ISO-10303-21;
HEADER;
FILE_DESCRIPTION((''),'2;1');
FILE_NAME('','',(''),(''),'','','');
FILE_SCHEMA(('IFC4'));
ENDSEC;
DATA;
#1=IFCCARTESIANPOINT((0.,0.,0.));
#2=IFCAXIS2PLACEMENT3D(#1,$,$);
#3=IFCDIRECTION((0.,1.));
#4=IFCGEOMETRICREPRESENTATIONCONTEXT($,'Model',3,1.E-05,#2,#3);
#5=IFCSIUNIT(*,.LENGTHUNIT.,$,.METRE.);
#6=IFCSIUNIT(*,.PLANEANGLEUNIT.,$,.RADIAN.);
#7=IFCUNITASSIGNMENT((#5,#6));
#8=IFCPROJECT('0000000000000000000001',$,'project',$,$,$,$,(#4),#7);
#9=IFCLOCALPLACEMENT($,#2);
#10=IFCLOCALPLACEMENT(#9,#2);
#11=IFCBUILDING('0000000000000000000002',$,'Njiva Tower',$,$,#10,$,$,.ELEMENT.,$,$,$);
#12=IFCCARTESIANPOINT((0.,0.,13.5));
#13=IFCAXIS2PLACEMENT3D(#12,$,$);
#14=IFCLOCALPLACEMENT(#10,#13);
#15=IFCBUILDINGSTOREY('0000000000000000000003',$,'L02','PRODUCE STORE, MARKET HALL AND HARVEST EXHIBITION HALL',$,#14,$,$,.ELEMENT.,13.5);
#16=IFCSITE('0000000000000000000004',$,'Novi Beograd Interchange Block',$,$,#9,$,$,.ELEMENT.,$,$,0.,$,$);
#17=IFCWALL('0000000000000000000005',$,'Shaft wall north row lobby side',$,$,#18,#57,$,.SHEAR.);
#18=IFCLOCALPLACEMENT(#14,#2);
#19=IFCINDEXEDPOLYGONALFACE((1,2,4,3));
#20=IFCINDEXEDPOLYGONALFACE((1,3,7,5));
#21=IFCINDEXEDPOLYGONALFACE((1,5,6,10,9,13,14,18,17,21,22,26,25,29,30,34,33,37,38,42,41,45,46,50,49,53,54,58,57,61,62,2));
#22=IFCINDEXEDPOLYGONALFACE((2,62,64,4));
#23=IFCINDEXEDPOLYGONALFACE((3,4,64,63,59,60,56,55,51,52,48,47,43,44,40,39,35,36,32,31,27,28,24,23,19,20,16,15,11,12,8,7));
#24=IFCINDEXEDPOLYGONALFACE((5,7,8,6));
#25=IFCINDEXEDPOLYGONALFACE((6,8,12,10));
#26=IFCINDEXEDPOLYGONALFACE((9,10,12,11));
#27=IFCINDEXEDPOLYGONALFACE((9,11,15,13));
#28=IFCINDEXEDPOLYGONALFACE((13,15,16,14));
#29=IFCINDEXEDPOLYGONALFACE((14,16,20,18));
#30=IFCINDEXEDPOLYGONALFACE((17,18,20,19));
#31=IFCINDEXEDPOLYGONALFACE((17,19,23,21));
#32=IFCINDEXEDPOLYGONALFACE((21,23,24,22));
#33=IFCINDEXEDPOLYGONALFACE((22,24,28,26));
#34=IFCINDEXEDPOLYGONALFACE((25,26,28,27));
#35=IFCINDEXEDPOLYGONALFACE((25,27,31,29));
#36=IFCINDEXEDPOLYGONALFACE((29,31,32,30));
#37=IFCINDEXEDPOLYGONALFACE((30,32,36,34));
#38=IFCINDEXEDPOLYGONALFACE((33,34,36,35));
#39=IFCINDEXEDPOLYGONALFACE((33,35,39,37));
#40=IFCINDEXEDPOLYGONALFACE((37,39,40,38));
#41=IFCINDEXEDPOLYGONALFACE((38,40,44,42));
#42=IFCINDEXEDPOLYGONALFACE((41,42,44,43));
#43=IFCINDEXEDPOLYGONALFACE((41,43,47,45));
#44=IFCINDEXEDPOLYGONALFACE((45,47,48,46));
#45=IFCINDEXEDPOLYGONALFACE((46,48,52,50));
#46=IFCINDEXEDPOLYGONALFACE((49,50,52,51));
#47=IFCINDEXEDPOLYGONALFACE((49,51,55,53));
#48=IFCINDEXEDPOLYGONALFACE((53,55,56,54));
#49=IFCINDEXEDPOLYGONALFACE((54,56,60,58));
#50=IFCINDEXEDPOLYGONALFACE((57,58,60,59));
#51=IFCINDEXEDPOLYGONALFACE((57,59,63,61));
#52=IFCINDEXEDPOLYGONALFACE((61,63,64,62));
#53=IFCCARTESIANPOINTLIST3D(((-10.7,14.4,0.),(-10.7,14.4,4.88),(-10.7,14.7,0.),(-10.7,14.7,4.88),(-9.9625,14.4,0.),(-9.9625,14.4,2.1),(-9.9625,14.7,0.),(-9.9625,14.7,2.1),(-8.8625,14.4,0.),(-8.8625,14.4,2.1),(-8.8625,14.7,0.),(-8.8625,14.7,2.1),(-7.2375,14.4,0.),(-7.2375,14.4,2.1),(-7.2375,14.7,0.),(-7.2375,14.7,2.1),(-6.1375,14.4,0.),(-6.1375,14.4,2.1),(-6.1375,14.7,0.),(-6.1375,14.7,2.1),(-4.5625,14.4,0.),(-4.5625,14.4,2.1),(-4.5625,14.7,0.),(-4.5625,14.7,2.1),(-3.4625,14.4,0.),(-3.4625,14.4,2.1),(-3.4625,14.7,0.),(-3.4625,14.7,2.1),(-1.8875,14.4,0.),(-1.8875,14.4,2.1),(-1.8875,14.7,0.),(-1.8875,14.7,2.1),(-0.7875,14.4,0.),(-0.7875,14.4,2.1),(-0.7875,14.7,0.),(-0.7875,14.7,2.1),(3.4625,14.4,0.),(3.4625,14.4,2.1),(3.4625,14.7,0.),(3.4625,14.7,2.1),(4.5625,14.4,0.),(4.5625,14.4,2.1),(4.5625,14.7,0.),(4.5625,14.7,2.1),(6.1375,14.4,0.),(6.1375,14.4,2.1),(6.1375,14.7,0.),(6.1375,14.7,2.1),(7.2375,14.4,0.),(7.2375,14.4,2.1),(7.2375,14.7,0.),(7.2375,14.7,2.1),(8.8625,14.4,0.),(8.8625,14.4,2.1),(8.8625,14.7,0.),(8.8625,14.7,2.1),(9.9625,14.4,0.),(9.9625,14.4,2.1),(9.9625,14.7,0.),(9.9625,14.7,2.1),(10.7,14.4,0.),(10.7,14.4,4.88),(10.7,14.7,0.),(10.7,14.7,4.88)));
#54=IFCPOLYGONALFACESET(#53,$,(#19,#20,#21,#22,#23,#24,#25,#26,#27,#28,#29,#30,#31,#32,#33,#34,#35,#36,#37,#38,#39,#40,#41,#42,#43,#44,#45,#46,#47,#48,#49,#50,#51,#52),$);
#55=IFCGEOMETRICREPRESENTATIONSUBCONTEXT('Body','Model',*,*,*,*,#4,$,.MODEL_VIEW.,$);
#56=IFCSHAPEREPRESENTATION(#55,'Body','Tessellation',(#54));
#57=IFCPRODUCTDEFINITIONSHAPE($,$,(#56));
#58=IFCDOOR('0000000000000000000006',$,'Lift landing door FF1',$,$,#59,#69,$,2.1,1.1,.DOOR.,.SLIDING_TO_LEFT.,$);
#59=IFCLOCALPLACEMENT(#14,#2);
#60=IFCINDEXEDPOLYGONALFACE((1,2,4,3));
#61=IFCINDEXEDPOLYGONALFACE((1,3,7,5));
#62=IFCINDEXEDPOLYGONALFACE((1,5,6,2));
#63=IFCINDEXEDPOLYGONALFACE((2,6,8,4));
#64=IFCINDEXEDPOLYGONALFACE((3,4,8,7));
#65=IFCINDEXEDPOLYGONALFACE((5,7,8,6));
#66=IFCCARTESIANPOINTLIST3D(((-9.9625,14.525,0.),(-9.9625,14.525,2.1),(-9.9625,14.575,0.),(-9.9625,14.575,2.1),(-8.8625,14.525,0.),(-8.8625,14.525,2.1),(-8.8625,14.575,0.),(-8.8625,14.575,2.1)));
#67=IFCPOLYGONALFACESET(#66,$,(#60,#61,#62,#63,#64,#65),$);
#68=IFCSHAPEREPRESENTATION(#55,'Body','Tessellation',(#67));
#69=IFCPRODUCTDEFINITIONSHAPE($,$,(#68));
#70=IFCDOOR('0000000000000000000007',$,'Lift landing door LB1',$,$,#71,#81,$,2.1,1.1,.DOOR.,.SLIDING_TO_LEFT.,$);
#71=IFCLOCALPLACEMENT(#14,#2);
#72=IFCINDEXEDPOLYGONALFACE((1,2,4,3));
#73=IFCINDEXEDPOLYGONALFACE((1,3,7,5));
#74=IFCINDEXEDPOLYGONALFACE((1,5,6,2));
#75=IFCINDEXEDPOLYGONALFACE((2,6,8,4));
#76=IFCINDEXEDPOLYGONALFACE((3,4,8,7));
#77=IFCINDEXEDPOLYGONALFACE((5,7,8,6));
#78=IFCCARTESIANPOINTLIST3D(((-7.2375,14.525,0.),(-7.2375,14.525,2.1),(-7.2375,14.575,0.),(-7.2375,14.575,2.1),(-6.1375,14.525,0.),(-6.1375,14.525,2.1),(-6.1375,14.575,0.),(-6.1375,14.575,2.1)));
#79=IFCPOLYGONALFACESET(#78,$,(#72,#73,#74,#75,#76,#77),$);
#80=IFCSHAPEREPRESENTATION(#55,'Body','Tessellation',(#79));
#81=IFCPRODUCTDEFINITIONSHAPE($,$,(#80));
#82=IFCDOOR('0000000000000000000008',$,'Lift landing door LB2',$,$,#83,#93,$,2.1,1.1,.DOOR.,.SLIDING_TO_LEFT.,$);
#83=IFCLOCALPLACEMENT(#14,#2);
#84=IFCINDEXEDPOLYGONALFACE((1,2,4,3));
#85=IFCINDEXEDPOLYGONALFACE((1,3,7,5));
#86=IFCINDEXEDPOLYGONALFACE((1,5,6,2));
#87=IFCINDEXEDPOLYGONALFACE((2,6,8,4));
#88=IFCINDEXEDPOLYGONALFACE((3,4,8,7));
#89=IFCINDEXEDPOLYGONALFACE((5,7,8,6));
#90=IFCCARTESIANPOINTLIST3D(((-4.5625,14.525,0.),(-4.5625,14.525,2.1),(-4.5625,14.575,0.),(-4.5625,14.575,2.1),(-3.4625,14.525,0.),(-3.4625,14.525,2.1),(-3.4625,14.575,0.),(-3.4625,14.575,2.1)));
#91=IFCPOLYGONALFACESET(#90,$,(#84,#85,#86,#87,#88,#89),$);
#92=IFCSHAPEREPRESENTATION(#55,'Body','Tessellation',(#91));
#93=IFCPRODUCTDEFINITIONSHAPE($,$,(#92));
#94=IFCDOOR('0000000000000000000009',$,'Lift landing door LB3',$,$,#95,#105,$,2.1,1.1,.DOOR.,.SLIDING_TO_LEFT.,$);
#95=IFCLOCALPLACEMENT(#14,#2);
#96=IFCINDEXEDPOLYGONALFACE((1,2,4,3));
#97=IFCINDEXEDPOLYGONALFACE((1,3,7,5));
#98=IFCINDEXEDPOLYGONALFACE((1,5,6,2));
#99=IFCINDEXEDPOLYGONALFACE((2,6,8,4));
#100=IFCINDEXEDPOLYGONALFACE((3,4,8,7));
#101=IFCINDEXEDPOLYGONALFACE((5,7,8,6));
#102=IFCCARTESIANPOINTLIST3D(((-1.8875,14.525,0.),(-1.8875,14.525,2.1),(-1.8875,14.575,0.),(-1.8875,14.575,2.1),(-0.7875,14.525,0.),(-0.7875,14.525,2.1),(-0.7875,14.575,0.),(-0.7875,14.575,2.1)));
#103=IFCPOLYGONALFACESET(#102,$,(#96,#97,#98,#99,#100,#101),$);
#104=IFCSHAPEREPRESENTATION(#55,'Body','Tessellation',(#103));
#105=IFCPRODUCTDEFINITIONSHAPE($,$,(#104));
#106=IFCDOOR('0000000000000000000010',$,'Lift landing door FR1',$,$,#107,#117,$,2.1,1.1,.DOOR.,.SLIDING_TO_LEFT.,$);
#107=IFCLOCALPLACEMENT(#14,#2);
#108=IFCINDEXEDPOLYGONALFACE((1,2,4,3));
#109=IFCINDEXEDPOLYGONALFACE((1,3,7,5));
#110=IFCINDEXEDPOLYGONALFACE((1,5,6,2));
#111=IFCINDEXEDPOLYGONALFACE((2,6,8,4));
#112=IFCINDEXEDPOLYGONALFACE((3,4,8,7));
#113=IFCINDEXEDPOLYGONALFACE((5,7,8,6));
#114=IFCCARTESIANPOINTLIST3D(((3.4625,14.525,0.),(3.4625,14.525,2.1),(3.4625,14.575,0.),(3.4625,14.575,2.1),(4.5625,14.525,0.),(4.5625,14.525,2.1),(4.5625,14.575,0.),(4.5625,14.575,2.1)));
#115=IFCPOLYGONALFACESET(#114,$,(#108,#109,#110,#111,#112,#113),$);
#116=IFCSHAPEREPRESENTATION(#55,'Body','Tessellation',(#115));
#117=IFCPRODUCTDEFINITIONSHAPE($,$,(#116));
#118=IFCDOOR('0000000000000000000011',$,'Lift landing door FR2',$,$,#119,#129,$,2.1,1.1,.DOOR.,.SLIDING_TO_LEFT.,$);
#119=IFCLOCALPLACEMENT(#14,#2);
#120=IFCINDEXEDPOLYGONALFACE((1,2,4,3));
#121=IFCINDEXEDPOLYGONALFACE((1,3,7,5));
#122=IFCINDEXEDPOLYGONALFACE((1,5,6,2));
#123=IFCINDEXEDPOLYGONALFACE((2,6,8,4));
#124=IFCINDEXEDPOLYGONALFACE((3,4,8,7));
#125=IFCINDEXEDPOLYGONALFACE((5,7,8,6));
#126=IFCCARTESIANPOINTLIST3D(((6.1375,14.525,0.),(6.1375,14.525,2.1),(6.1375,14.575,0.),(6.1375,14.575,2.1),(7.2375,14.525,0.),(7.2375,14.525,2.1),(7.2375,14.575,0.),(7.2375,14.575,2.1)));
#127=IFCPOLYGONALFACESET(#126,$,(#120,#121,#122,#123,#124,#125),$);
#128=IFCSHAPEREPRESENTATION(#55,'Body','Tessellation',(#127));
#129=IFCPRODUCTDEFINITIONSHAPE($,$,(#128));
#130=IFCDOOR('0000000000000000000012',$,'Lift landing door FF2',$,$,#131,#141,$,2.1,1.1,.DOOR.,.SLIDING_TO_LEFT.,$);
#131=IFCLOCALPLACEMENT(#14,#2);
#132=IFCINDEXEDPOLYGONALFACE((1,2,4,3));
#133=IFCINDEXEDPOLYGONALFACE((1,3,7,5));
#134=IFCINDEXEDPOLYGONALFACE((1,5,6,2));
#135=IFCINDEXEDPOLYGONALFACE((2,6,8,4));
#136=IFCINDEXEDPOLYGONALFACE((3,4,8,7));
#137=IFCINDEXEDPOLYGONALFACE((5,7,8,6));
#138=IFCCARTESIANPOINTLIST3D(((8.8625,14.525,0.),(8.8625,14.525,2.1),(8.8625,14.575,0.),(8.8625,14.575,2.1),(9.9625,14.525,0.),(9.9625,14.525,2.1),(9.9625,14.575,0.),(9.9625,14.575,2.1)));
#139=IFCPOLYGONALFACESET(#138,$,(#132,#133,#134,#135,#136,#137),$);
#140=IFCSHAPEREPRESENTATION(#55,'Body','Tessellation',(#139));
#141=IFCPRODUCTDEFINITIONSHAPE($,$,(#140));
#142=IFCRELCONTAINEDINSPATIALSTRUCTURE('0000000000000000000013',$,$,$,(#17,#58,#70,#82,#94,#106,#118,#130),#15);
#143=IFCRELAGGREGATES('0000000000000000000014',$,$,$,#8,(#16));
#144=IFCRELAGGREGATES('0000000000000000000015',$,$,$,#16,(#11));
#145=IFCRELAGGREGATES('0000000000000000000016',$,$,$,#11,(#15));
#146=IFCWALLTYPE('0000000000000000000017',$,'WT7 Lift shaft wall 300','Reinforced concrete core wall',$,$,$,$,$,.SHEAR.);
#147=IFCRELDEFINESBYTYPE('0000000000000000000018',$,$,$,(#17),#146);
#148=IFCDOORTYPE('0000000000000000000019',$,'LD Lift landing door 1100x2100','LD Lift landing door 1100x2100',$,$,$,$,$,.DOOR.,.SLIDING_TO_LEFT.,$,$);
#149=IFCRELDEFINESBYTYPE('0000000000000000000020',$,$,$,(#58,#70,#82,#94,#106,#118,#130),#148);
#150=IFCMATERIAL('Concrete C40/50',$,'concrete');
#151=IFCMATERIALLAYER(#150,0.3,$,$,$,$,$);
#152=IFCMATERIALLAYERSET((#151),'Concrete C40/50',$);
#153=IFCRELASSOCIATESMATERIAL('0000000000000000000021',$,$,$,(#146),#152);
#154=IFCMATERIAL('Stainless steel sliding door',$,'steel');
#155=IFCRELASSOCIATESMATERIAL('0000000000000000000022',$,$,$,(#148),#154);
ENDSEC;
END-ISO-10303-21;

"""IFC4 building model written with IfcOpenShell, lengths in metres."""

from ifc_helpers import new_model, si_unit, direction, frame, frame_2d, origin, place, context, subcontext, project, spatial, rectangle, extrude, material, layer, layer_set, type_object, element, fill, save


model = new_model("IFC4")

# Units and contexts
model_context = context("Model", 3, precision=1e-05, world=origin(), true_north=direction((0.0, 1.0)))
body_context = subcontext(model_context, "Body", "Model", "MODEL_VIEW")
ifc_project = project(units=[si_unit("LENGTHUNIT", "METRE"), si_unit("PLANEANGLEUNIT", "RADIAN")], contexts=[model_context])

# Site, building, storey
site_placement = place(None, origin())
site = spatial("IfcSite", under=ifc_project, at=site_placement, Name="Novi Beograd Interchange Block", CompositionType="ELEMENT", RefElevation=0.0)
building_placement = place(site_placement, origin())
building = spatial("IfcBuilding", under=site, at=building_placement, Name="Njiva Tower", CompositionType="ELEMENT")
storey_placement = place(building_placement, frame((0.0, 0.0, 13.5)))
storey = spatial("IfcBuildingStorey", under=building, at=storey_placement, Name="L02", Description="PRODUCE STORE, MARKET HALL AND HARVEST EXHIBITION HALL", CompositionType="ELEMENT", Elevation=13.5)

# Shared definitions
ifc_material_1 = material(Name="Concrete C40/50", Category="concrete")

# Wall, openings, doors
ifc_layer_1 = layer(ifc_material_1, 0.3)
ifc_layer_set_1 = layer_set([ifc_layer_1], Name="Concrete C40/50")
wall_type_1 = type_object("IfcWallType", Name="WT7 Lift shaft wall 300", Description="Reinforced concrete core wall", PredefinedType="SHEAR", material=ifc_layer_set_1)
wall_1_placement = place(storey_placement, frame((-10.7, 14.55, 0.0), z_axis=(0.0, 0.0, 1.0), x_axis=(1.0, 0.0, 0.0)))
wall_1 = element("IfcWall", 1, at=wall_1_placement, inside=storey, type_object=wall_type_1, Name="Shaft wall north row lobby side", PredefinedType="SHEAR", context=body_context, shape_type="SweptSolid", body=[
    extrude(rectangle(XDim=21.4, YDim=0.3, at=frame_2d((10.7, 0.0))), origin(), (0.0, 0.0, 1.0), 4.88),
])
opening_1_placement = place(wall_1_placement, frame((0.7375, 0.0, 0.0)))
opening_1 = element("IfcOpeningElement", 2, at=opening_1_placement, cuts=wall_1, PredefinedType="OPENING", context=body_context, shape_type="SweptSolid", body=[
    extrude(rectangle(XDim=1.1, YDim=2.1, at=frame_2d((0.55, 1.05))), frame((0.0, 0.16, 0.0), z_axis=(0.0, -1.0, 0.0), x_axis=(1.0, 0.0, 0.0)), (0.0, 0.0, 1.0), 0.32),
])
opening_2_placement = place(wall_1_placement, frame((3.4625, 0.0, 0.0)))
opening_2 = element("IfcOpeningElement", 3, at=opening_2_placement, cuts=wall_1, PredefinedType="OPENING", context=body_context, shape_type="SweptSolid", body=[
    extrude(rectangle(XDim=1.1, YDim=2.1, at=frame_2d((0.55, 1.05))), frame((0.0, 0.16, 0.0), z_axis=(0.0, -1.0, 0.0), x_axis=(1.0, 0.0, 0.0)), (0.0, 0.0, 1.0), 0.32),
])
opening_3_placement = place(wall_1_placement, frame((6.1375, 0.0, 0.0)))
opening_3 = element("IfcOpeningElement", 4, at=opening_3_placement, cuts=wall_1, PredefinedType="OPENING", context=body_context, shape_type="SweptSolid", body=[
    extrude(rectangle(XDim=1.1, YDim=2.1, at=frame_2d((0.55, 1.05))), frame((0.0, 0.16, 0.0), z_axis=(0.0, -1.0, 0.0), x_axis=(1.0, 0.0, 0.0)), (0.0, 0.0, 1.0), 0.32),
])
opening_4_placement = place(wall_1_placement, frame((8.8125, 0.0, 0.0)))
opening_4 = element("IfcOpeningElement", 5, at=opening_4_placement, cuts=wall_1, PredefinedType="OPENING", context=body_context, shape_type="SweptSolid", body=[
    extrude(rectangle(XDim=1.1, YDim=2.1, at=frame_2d((0.55, 1.05))), frame((0.0, 0.16, 0.0), z_axis=(0.0, -1.0, 0.0), x_axis=(1.0, 0.0, 0.0)), (0.0, 0.0, 1.0), 0.32),
])
opening_5_placement = place(wall_1_placement, frame((14.1625, 0.0, 0.0)))
opening_5 = element("IfcOpeningElement", 6, at=opening_5_placement, cuts=wall_1, PredefinedType="OPENING", context=body_context, shape_type="SweptSolid", body=[
    extrude(rectangle(XDim=1.1, YDim=2.1, at=frame_2d((0.55, 1.05))), frame((0.0, 0.16, 0.0), z_axis=(0.0, -1.0, 0.0), x_axis=(1.0, 0.0, 0.0)), (0.0, 0.0, 1.0), 0.32),
])
opening_6_placement = place(wall_1_placement, frame((16.8375, 0.0, 0.0)))
opening_6 = element("IfcOpeningElement", 7, at=opening_6_placement, cuts=wall_1, PredefinedType="OPENING", context=body_context, shape_type="SweptSolid", body=[
    extrude(rectangle(XDim=1.1, YDim=2.1, at=frame_2d((0.55, 1.05))), frame((0.0, 0.16, 0.0), z_axis=(0.0, -1.0, 0.0), x_axis=(1.0, 0.0, 0.0)), (0.0, 0.0, 1.0), 0.32),
])
opening_7_placement = place(wall_1_placement, frame((19.5625, 0.0, 0.0)))
opening_7 = element("IfcOpeningElement", 8, at=opening_7_placement, cuts=wall_1, PredefinedType="OPENING", context=body_context, shape_type="SweptSolid", body=[
    extrude(rectangle(XDim=1.1, YDim=2.1, at=frame_2d((0.55, 1.05))), frame((0.0, 0.16, 0.0), z_axis=(0.0, -1.0, 0.0), x_axis=(1.0, 0.0, 0.0)), (0.0, 0.0, 1.0), 0.32),
])
ifc_material_2 = material(Name="Stainless steel sliding door", Category="steel")
door_type_1 = type_object("IfcDoorType", Name="LD Lift landing door 1100x2100", Description="LD Lift landing door 1100x2100", OperationType="SLIDING_TO_LEFT", PredefinedType="DOOR", material=ifc_material_2)
door_1_placement = place(opening_1_placement, origin())
door_1 = element("IfcDoor", 9, at=door_1_placement, inside=storey, type_object=door_type_1, Name="Lift landing door FF1", OperationType="SLIDING_TO_LEFT", OverallHeight=2.1, OverallWidth=1.1, PredefinedType="DOOR", context=body_context, shape_type="SweptSolid", body=[
    extrude(rectangle(XDim=1.1, YDim=2.1, at=frame_2d((0.55, 1.05))), frame((0.0, 0.025, 0.0), z_axis=(0.0, -1.0, 0.0), x_axis=(1.0, 0.0, 0.0)), (0.0, 0.0, 1.0), 0.05),
])
fill(opening_1, door_1)
door_2_placement = place(opening_2_placement, origin())
door_2 = element("IfcDoor", 10, at=door_2_placement, inside=storey, type_object=door_type_1, Name="Lift landing door LB1", OperationType="SLIDING_TO_LEFT", OverallHeight=2.1, OverallWidth=1.1, PredefinedType="DOOR", context=body_context, shape_type="SweptSolid", body=[
    extrude(rectangle(XDim=1.1, YDim=2.1, at=frame_2d((0.55, 1.05))), frame((0.0, 0.025, 0.0), z_axis=(0.0, -1.0, 0.0), x_axis=(1.0, 0.0, 0.0)), (0.0, 0.0, 1.0), 0.05),
])
fill(opening_2, door_2)
door_3_placement = place(opening_3_placement, origin())
door_3 = element("IfcDoor", 11, at=door_3_placement, inside=storey, type_object=door_type_1, Name="Lift landing door LB2", OperationType="SLIDING_TO_LEFT", OverallHeight=2.1, OverallWidth=1.1, PredefinedType="DOOR", context=body_context, shape_type="SweptSolid", body=[
    extrude(rectangle(XDim=1.1, YDim=2.1, at=frame_2d((0.55, 1.05))), frame((0.0, 0.025, 0.0), z_axis=(0.0, -1.0, 0.0), x_axis=(1.0, 0.0, 0.0)), (0.0, 0.0, 1.0), 0.05),
])
fill(opening_3, door_3)
door_4_placement = place(opening_4_placement, origin())
door_4 = element("IfcDoor", 12, at=door_4_placement, inside=storey, type_object=door_type_1, Name="Lift landing door LB3", OperationType="SLIDING_TO_LEFT", OverallHeight=2.1, OverallWidth=1.1, PredefinedType="DOOR", context=body_context, shape_type="SweptSolid", body=[
    extrude(rectangle(XDim=1.1, YDim=2.1, at=frame_2d((0.55, 1.05))), frame((0.0, 0.025, 0.0), z_axis=(0.0, -1.0, 0.0), x_axis=(1.0, 0.0, 0.0)), (0.0, 0.0, 1.0), 0.05),
])
fill(opening_4, door_4)
door_5_placement = place(opening_5_placement, origin())
door_5 = element("IfcDoor", 13, at=door_5_placement, inside=storey, type_object=door_type_1, Name="Lift landing door FR1", OperationType="SLIDING_TO_LEFT", OverallHeight=2.1, OverallWidth=1.1, PredefinedType="DOOR", context=body_context, shape_type="SweptSolid", body=[
    extrude(rectangle(XDim=1.1, YDim=2.1, at=frame_2d((0.55, 1.05))), frame((0.0, 0.025, 0.0), z_axis=(0.0, -1.0, 0.0), x_axis=(1.0, 0.0, 0.0)), (0.0, 0.0, 1.0), 0.05),
])
fill(opening_5, door_5)
door_6_placement = place(opening_6_placement, origin())
door_6 = element("IfcDoor", 14, at=door_6_placement, inside=storey, type_object=door_type_1, Name="Lift landing door FR2", OperationType="SLIDING_TO_LEFT", OverallHeight=2.1, OverallWidth=1.1, PredefinedType="DOOR", context=body_context, shape_type="SweptSolid", body=[
    extrude(rectangle(XDim=1.1, YDim=2.1, at=frame_2d((0.55, 1.05))), frame((0.0, 0.025, 0.0), z_axis=(0.0, -1.0, 0.0), x_axis=(1.0, 0.0, 0.0)), (0.0, 0.0, 1.0), 0.05),
])
fill(opening_6, door_6)
door_7_placement = place(opening_7_placement, origin())
door_7 = element("IfcDoor", 15, at=door_7_placement, inside=storey, type_object=door_type_1, Name="Lift landing door FF2", OperationType="SLIDING_TO_LEFT", OverallHeight=2.1, OverallWidth=1.1, PredefinedType="DOOR", context=body_context, shape_type="SweptSolid", body=[
    extrude(rectangle(XDim=1.1, YDim=2.1, at=frame_2d((0.55, 1.05))), frame((0.0, 0.025, 0.0), z_axis=(0.0, -1.0, 0.0), x_axis=(1.0, 0.0, 0.0)), (0.0, 0.0, 1.0), 0.05),
])
fill(opening_7, door_7)

save(model, "model.ifc")
